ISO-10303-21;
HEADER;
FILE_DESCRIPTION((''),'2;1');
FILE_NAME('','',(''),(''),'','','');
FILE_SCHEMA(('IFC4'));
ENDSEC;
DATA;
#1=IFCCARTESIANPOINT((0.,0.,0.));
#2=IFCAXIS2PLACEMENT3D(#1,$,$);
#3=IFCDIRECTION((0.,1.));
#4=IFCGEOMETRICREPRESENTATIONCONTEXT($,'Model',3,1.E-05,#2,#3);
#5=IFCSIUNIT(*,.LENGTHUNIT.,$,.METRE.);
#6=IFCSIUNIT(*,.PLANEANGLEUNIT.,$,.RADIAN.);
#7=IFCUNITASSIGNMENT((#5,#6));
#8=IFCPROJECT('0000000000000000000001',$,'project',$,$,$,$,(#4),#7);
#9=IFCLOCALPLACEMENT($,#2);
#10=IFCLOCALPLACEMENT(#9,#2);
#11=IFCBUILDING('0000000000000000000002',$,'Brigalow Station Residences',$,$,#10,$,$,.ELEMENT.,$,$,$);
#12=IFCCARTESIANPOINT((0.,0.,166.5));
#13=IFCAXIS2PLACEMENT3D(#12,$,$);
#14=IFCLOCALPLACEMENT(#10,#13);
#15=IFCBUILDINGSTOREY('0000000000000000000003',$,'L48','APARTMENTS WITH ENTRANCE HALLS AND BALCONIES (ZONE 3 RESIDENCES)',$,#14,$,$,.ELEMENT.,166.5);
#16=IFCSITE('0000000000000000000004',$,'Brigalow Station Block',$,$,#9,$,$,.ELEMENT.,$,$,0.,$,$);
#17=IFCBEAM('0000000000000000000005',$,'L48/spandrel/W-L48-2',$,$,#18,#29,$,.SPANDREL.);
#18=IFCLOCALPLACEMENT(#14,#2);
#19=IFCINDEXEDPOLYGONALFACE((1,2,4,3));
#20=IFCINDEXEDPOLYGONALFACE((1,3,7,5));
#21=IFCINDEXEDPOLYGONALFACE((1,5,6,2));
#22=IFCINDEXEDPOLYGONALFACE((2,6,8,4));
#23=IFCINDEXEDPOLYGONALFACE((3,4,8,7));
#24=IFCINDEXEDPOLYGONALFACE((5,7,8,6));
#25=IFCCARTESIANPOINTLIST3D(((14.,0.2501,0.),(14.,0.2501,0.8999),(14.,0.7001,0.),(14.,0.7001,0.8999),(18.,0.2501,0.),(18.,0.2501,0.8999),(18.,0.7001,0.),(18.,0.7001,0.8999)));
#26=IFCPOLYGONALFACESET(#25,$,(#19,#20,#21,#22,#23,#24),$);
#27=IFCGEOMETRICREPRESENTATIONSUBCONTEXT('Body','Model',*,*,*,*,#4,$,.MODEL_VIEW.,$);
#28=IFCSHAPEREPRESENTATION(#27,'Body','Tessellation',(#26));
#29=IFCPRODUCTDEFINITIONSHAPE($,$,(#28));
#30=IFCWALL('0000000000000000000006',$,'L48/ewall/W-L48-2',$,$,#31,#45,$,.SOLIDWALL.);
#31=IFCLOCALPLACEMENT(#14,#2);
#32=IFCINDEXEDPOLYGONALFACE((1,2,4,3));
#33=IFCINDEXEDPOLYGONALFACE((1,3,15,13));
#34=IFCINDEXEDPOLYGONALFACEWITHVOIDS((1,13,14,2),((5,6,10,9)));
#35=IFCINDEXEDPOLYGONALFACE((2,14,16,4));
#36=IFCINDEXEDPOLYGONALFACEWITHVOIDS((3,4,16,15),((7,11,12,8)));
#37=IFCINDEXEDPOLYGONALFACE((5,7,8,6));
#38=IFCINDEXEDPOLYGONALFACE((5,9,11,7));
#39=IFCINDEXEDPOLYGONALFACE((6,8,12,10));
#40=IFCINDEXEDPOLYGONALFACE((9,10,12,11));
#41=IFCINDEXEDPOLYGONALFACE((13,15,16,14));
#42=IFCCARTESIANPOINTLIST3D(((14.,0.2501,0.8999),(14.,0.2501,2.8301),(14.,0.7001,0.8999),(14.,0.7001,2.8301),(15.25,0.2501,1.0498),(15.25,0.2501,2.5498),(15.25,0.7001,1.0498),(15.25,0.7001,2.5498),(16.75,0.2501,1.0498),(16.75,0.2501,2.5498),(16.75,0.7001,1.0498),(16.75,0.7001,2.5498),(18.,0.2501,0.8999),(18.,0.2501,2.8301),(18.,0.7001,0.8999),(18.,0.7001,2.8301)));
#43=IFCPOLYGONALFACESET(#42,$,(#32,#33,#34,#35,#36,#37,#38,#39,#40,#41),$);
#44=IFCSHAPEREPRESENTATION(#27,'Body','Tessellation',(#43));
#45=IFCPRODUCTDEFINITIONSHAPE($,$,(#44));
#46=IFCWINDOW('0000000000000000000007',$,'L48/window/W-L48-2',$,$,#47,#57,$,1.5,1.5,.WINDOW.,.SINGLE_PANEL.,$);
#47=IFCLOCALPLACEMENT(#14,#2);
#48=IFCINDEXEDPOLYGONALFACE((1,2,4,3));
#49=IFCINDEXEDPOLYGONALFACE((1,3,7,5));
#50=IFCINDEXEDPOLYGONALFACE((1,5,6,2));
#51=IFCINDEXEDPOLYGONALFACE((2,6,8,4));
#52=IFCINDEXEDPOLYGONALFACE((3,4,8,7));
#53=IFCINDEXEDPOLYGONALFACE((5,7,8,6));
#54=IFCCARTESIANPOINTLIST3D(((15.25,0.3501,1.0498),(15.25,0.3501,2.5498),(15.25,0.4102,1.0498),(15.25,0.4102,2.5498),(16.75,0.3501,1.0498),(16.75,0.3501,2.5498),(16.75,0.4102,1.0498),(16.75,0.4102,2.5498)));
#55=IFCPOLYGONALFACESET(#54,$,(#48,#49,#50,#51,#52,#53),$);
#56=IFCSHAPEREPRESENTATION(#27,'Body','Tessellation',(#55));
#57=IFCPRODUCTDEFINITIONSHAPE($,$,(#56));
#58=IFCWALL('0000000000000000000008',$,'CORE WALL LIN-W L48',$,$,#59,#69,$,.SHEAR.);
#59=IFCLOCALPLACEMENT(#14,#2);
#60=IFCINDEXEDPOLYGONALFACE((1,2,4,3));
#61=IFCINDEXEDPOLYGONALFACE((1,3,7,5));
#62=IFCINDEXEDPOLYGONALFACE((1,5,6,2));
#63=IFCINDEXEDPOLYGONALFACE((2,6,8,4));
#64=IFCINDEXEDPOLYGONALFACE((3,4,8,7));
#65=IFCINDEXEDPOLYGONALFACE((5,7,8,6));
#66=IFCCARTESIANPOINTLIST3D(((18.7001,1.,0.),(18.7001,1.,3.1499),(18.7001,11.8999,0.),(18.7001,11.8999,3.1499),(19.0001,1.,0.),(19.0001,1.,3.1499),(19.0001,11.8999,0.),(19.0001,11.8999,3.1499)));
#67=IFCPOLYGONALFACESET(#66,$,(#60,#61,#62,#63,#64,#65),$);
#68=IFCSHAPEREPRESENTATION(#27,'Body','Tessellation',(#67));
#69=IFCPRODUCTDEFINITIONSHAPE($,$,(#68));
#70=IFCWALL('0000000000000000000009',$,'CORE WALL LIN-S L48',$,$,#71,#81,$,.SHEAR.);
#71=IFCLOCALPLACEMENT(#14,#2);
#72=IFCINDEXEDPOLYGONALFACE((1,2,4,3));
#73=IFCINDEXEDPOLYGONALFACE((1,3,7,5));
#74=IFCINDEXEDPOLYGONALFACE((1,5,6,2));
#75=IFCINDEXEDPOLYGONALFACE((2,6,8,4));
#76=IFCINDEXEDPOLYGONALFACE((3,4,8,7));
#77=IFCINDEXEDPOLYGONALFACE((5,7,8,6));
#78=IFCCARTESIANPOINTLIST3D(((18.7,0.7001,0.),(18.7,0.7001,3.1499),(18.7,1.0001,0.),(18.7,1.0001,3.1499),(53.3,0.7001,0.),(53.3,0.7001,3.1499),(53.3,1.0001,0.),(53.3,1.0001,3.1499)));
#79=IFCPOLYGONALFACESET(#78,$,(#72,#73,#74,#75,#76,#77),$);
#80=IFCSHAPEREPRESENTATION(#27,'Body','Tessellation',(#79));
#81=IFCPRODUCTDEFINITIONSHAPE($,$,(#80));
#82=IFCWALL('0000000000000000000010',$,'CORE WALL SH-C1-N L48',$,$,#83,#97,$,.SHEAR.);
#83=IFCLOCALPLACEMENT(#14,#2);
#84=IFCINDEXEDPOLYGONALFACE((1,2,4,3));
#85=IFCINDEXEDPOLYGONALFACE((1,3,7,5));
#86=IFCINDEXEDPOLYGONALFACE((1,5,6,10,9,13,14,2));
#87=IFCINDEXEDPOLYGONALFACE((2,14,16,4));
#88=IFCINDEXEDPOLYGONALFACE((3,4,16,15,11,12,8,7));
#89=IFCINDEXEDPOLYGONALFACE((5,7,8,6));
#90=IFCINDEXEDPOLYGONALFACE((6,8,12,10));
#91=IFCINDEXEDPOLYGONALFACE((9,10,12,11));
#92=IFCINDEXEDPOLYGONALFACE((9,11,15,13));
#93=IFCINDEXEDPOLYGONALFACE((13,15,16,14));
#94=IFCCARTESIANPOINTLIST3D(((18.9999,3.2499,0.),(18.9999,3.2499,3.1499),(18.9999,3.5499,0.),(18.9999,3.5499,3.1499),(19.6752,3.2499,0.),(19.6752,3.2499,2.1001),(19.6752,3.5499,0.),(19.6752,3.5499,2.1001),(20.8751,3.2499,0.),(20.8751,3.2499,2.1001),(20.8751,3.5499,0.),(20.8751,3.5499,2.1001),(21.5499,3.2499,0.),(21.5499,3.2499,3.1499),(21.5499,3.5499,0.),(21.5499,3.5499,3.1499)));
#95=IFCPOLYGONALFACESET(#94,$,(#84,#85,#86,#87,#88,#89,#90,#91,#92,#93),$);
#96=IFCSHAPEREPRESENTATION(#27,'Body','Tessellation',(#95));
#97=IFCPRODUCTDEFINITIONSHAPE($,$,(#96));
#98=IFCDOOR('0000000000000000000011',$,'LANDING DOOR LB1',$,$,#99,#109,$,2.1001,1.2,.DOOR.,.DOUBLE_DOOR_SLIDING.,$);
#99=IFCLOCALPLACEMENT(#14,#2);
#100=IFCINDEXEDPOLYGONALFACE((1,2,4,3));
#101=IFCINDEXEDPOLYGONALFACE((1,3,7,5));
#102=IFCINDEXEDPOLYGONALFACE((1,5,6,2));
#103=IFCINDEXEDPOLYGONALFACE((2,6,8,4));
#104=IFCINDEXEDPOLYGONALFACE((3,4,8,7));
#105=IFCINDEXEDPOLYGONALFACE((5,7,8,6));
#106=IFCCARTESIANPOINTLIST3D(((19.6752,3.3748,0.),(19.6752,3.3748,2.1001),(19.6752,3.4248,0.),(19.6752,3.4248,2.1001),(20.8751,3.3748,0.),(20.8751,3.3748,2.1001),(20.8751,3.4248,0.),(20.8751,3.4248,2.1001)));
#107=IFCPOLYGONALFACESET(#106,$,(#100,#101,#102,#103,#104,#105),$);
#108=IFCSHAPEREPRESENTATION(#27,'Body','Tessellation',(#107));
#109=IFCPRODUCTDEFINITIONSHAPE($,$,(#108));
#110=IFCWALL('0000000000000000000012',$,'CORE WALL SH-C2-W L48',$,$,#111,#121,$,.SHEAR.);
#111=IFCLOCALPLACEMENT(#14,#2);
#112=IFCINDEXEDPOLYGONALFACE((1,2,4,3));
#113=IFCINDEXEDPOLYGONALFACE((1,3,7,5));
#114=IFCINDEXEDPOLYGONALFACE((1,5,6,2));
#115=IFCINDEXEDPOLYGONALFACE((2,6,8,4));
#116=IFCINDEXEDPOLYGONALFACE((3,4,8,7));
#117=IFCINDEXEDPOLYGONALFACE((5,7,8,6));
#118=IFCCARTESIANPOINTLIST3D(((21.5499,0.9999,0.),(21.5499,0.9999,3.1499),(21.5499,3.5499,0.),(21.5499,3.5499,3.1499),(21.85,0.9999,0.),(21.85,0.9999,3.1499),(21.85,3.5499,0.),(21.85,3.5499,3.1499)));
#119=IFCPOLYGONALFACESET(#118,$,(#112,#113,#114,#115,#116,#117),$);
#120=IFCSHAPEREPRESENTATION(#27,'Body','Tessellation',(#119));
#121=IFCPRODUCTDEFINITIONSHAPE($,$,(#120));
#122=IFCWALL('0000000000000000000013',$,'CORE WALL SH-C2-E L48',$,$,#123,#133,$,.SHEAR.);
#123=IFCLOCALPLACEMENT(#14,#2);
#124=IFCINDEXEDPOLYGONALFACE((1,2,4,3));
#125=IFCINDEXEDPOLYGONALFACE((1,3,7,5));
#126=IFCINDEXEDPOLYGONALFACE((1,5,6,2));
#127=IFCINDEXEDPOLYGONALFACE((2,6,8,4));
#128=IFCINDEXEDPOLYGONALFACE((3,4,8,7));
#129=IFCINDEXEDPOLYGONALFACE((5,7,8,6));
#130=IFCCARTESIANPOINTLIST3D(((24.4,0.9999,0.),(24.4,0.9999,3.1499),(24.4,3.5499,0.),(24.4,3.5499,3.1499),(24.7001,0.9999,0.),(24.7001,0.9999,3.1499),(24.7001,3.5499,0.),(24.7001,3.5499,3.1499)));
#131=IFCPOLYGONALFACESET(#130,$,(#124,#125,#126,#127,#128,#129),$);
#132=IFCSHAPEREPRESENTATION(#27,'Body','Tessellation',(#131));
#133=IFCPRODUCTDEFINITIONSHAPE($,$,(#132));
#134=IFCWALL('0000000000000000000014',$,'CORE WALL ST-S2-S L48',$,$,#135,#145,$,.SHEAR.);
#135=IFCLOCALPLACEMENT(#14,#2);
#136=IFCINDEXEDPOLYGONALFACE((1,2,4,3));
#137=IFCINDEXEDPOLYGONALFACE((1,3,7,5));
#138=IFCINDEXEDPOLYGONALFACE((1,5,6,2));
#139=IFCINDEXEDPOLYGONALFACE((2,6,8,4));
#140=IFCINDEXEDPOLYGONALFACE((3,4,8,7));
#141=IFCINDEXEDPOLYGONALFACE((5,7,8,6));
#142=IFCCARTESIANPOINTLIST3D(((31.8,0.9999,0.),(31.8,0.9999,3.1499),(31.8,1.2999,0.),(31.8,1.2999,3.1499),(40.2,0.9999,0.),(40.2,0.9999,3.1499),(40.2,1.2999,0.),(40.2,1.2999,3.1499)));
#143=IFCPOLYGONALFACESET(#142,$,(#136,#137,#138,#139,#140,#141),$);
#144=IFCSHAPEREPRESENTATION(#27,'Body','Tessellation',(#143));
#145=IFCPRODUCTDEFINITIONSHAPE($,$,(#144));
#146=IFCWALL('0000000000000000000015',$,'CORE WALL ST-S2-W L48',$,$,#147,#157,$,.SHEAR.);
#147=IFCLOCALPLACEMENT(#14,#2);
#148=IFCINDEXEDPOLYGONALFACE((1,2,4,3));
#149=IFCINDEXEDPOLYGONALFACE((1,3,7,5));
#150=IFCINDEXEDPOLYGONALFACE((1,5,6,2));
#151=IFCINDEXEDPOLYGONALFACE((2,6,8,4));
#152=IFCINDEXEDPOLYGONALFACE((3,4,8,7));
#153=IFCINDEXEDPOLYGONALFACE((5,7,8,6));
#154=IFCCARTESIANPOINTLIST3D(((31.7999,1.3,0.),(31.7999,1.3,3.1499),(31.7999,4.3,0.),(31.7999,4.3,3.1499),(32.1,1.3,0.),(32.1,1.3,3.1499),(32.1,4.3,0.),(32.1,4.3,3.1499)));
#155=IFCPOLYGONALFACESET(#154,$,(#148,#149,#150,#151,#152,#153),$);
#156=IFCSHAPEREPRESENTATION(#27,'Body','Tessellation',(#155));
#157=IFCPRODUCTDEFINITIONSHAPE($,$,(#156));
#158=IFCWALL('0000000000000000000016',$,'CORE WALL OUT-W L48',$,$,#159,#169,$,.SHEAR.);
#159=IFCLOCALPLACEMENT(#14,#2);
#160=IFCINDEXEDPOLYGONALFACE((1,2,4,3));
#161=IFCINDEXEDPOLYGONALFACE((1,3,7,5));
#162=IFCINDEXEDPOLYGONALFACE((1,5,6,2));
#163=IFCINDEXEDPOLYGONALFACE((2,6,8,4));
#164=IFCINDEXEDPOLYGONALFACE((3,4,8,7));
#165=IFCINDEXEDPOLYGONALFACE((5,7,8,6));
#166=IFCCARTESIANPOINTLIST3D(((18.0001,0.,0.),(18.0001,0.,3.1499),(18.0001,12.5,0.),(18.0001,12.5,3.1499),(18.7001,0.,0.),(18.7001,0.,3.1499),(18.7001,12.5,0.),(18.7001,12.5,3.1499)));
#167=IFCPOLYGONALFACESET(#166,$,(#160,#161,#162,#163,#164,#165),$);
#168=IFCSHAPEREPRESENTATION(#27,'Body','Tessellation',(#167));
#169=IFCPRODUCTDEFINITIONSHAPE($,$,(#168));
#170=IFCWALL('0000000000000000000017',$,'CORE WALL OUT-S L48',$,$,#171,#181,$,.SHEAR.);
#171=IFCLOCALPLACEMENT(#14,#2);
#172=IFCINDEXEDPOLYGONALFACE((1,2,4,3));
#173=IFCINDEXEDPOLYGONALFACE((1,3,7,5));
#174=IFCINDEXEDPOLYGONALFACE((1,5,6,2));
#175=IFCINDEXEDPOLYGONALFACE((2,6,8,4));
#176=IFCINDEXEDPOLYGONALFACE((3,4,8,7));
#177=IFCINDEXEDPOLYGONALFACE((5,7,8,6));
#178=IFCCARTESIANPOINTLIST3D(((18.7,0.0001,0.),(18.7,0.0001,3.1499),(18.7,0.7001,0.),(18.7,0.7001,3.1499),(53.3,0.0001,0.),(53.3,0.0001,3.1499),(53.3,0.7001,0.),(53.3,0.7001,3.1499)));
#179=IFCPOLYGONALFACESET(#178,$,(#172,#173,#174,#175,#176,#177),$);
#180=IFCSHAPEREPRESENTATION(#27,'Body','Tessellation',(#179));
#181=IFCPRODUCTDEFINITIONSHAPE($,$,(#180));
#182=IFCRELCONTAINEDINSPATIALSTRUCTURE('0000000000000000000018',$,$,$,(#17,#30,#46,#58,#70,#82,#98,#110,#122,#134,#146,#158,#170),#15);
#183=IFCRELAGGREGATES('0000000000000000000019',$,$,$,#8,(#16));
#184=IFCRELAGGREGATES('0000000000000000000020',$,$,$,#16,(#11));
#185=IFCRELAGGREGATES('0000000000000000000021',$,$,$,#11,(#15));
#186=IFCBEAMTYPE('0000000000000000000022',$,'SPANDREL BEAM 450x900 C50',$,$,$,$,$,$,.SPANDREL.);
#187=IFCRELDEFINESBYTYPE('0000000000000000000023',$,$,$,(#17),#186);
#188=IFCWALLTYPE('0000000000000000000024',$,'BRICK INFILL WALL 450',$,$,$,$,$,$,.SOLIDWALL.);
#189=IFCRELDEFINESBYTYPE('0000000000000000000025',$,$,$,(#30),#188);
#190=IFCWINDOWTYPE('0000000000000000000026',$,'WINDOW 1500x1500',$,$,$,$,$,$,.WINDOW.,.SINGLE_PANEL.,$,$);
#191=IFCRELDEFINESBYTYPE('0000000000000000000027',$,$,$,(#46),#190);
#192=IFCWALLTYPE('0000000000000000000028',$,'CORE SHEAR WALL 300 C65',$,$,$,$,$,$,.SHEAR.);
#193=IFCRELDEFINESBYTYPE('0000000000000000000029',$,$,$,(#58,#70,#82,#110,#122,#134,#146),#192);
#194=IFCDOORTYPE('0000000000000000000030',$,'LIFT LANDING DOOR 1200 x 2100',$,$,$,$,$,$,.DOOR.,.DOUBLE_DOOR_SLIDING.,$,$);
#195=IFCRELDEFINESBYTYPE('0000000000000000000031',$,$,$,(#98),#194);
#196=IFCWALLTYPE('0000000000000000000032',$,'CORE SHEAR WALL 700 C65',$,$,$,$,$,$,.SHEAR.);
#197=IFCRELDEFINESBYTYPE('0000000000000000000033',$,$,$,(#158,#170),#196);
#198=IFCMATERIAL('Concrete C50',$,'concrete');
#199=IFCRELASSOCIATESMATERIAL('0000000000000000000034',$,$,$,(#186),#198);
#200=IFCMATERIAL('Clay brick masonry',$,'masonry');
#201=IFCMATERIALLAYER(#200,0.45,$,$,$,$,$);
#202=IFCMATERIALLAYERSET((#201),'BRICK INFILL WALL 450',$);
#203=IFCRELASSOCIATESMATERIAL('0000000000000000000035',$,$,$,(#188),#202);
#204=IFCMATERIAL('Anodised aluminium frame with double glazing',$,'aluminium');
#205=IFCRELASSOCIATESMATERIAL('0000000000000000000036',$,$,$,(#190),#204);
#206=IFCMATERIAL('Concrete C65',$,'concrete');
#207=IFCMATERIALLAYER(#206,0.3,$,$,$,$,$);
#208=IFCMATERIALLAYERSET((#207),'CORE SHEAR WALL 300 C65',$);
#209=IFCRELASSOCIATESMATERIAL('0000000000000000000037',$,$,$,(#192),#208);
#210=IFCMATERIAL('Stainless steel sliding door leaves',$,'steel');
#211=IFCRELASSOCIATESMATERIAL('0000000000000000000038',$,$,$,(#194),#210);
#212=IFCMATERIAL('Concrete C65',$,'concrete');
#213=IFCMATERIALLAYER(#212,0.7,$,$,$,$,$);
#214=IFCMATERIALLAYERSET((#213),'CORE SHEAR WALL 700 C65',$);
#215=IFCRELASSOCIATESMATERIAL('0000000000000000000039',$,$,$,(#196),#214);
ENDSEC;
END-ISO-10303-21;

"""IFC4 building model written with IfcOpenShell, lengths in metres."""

from ifc_helpers import new_model, si_unit, direction, frame, frame_2d, origin, origin_2d, place, context, subcontext, project, spatial, rectangle, extrude, material, layer, layer_set, material_profile, profile_set, type_object, element, fill, save


model = new_model("IFC4")

# Units and contexts
model_context = context("Model", 3, precision=1e-05, world=origin(), true_north=direction((0.0, 1.0)))
body_context = subcontext(model_context, "Body", "Model", "MODEL_VIEW")
ifc_project = project(units=[si_unit("LENGTHUNIT", "METRE"), si_unit("PLANEANGLEUNIT", "RADIAN")], contexts=[model_context])

# Site, building, storey
site_placement = place(None, origin())
site = spatial("IfcSite", under=ifc_project, at=site_placement, Name="Brigalow Station Block", CompositionType="ELEMENT", RefElevation=0.0)
building_placement = place(site_placement, origin())
building = spatial("IfcBuilding", under=site, at=building_placement, Name="Brigalow Station Residences", CompositionType="ELEMENT")
storey_placement = place(building_placement, frame((0.0, 0.0, 166.5)))
storey = spatial("IfcBuildingStorey", under=building, at=storey_placement, Name="L48", Description="APARTMENTS WITH ENTRANCE HALLS AND BALCONIES (ZONE 3 RESIDENCES)", CompositionType="ELEMENT", Elevation=166.5)

# Beam
ifc_material_1 = material(Name="Concrete C50", Category="concrete")
ifc_material_profile = material_profile(ifc_material_1, rectangle(XDim=0.45, YDim=0.8999, at=origin_2d()), Name="RC450x900")
ifc_profile_set = profile_set([ifc_material_profile], Name="Concrete C50")
beam_type = type_object("IfcBeamType", Name="SPANDREL BEAM 450x900 C50", PredefinedType="SPANDREL", material=ifc_profile_set)
beam_placement = place(storey_placement, frame((14.0, 0.4751, 0.45), z_axis=(1.0, 0.0, 0.0), x_axis=(0.0, 1.0, 0.0)))
element("IfcBeam", 1, at=beam_placement, inside=storey, type_object=beam_type, Name="L48/spandrel/W-L48-2", PredefinedType="SPANDREL", context=body_context, shape_type="SweptSolid", body=[
    extrude(rectangle(XDim=0.45, YDim=0.8999, at=origin_2d()), origin(), (0.0, 0.0, 1.0), 4.0),
])

# Wall, opening, window
ifc_material_2 = material(Name="Clay brick masonry", Category="masonry")
ifc_layer_1 = layer(ifc_material_2, 0.45)
ifc_layer_set_1 = layer_set([ifc_layer_1], Name="BRICK INFILL WALL 450")
wall_type_1 = type_object("IfcWallType", Name="BRICK INFILL WALL 450", PredefinedType="SOLIDWALL", material=ifc_layer_set_1)
wall_1_placement = place(storey_placement, frame((14.0, 0.4751, 0.8999), z_axis=(0.0, 0.0, 1.0), x_axis=(1.0, 0.0, 0.0)))
wall_1 = element("IfcWall", 2, at=wall_1_placement, inside=storey, type_object=wall_type_1, Name="L48/ewall/W-L48-2", PredefinedType="SOLIDWALL", context=body_context, shape_type="SweptSolid", body=[
    extrude(rectangle(XDim=4.0, YDim=0.45, at=frame_2d((2.0, 0.0))), origin(), (0.0, 0.0, 1.0), 1.9302),
])
opening_1_placement = place(wall_1_placement, frame((1.25, 0.0, 0.1499)))
opening_1 = element("IfcOpeningElement", 3, at=opening_1_placement, cuts=wall_1, PredefinedType="OPENING", context=body_context, shape_type="SweptSolid", body=[
    extrude(rectangle(XDim=1.5, YDim=1.5, at=frame_2d((0.75, 0.75))), frame((0.0, 0.2349, 0.0), z_axis=(0.0, -1.0, 0.0), x_axis=(1.0, 0.0, 0.0)), (0.0, 0.0, 1.0), 0.47),
])
ifc_material_3 = material(Name="Anodised aluminium frame with double glazing", Category="aluminium")
window_type = type_object("IfcWindowType", Name="WINDOW 1500x1500", PartitioningType="SINGLE_PANEL", PredefinedType="WINDOW", material=ifc_material_3)
window_placement = place(opening_1_placement, origin())
window = element("IfcWindow", 4, at=window_placement, inside=storey, type_object=window_type, Name="L48/window/W-L48-2", OverallHeight=1.5, OverallWidth=1.5, PartitioningType="SINGLE_PANEL", PredefinedType="WINDOW", context=body_context, shape_type="SweptSolid", body=[
    extrude(rectangle(XDim=1.5, YDim=1.5, at=frame_2d((0.75, 0.75))), frame((0.0, -0.0649, 0.0), z_axis=(0.0, -1.0, 0.0), x_axis=(1.0, 0.0, 0.0)), (0.0, 0.0, 1.0), 0.0601),
])
fill(opening_1, window)

# Walls
ifc_material_4 = material(Name="Concrete C65", Category="concrete")
ifc_layer_2 = layer(ifc_material_4, 0.3)
ifc_layer_set_2 = layer_set([ifc_layer_2], Name="CORE SHEAR WALL 300 C65")
wall_type_2 = type_object("IfcWallType", Name="CORE SHEAR WALL 300 C65", PredefinedType="SHEAR", material=ifc_layer_set_2)
wall_2_placement = place(storey_placement, frame((18.8501, 1.0, 0.0), z_axis=(0.0, 0.0, 1.0), x_axis=(0.0, 1.0, 0.0)))
element("IfcWall", 5, at=wall_2_placement, inside=storey, type_object=wall_type_2, Name="CORE WALL LIN-W L48", PredefinedType="SHEAR", context=body_context, shape_type="SweptSolid", body=[
    extrude(rectangle(XDim=10.8999, YDim=0.3, at=frame_2d((5.45, 0.0))), origin(), (0.0, 0.0, 1.0), 3.1499),
])
wall_3_placement = place(storey_placement, frame((18.7, 0.8501, 0.0), z_axis=(0.0, 0.0, 1.0), x_axis=(1.0, 0.0, 0.0)))
element("IfcWall", 6, at=wall_3_placement, inside=storey, type_object=wall_type_2, Name="CORE WALL LIN-S L48", PredefinedType="SHEAR", context=body_context, shape_type="SweptSolid", body=[
    extrude(rectangle(XDim=34.6001, YDim=0.3, at=frame_2d((17.3, 0.0))), origin(), (0.0, 0.0, 1.0), 3.1499),
])

# Wall, opening, door
wall_4_placement = place(storey_placement, frame((19.0, 3.3999, 0.0), z_axis=(0.0, 0.0, 1.0), x_axis=(1.0, 0.0, 0.0)))
wall_4 = element("IfcWall", 7, at=wall_4_placement, inside=storey, type_object=wall_type_2, Name="CORE WALL SH-C1-N L48", PredefinedType="SHEAR", context=body_context, shape_type="SweptSolid", body=[
    extrude(rectangle(XDim=2.55, YDim=0.3, at=frame_2d((1.2749, 0.0))), origin(), (0.0, 0.0, 1.0), 3.1499),
])
opening_2_placement = place(wall_4_placement, frame((0.675, 0.0, 0.0)))
opening_2 = element("IfcOpeningElement", 8, at=opening_2_placement, cuts=wall_4, PredefinedType="OPENING", context=body_context, shape_type="SweptSolid", body=[
    extrude(rectangle(XDim=1.2, YDim=2.1001, at=frame_2d((0.6001, 1.05))), frame((0.0, 0.1602, 0.0), z_axis=(0.0, -1.0, 0.0), x_axis=(1.0, 0.0, 0.0)), (0.0, 0.0, 1.0), 0.3201),
])
ifc_material_5 = material(Name="Stainless steel sliding door leaves", Category="steel")
door_type = type_object("IfcDoorType", Name="LIFT LANDING DOOR 1200 x 2100", OperationType="DOUBLE_DOOR_SLIDING", PredefinedType="DOOR", material=ifc_material_5)
door_placement = place(opening_2_placement, origin())
door = element("IfcDoor", 9, at=door_placement, inside=storey, type_object=door_type, Name="LANDING DOOR LB1", OperationType="DOUBLE_DOOR_SLIDING", OverallHeight=2.1001, OverallWidth=1.2, PredefinedType="DOOR", context=body_context, shape_type="SweptSolid", body=[
    extrude(rectangle(XDim=1.2, YDim=2.1001, at=frame_2d((0.6001, 1.05))), frame((0.0, 0.0249, 0.0), z_axis=(0.0, -1.0, 0.0), x_axis=(1.0, 0.0, 0.0)), (0.0, 0.0, 1.0), 0.05),
])
fill(opening_2, door)

# Walls
for number, where, z_axis, x_axis, name in (
    (10, (21.7, 1.0, 0.0), (0.0, 0.0, 1.0), (0.0, 1.0, 0.0), "CORE WALL SH-C2-W L48"),
    (11, (24.55, 1.0, 0.0), (0.0, 0.0, 1.0), (0.0, 1.0, 0.0), "CORE WALL SH-C2-E L48"),
):
    element("IfcWall", number, at=place(storey_placement, frame(where, z_axis=z_axis, x_axis=x_axis)), inside=storey, type_object=wall_type_2, Name=name, PredefinedType="SHEAR", context=body_context, shape_type="SweptSolid", body=[
        extrude(rectangle(XDim=2.55, YDim=0.3, at=frame_2d((1.2749, 0.0))), origin(), (0.0, 0.0, 1.0), 3.1499),
    ])
wall_5_placement = place(storey_placement, frame((31.8, 1.1499, 0.0), z_axis=(0.0, 0.0, 1.0), x_axis=(1.0, 0.0, 0.0)))
element("IfcWall", 12, at=wall_5_placement, inside=storey, type_object=wall_type_2, Name="CORE WALL ST-S2-S L48", PredefinedType="SHEAR", context=body_context, shape_type="SweptSolid", body=[
    extrude(rectangle(XDim=8.3999, YDim=0.3, at=frame_2d((4.2, 0.0))), origin(), (0.0, 0.0, 1.0), 3.1499),
])
wall_6_placement = place(storey_placement, frame((31.95, 1.3, 0.0), z_axis=(0.0, 0.0, 1.0), x_axis=(0.0, 1.0, 0.0)))
element("IfcWall", 13, at=wall_6_placement, inside=storey, type_object=wall_type_2, Name="CORE WALL ST-S2-W L48", PredefinedType="SHEAR", context=body_context, shape_type="SweptSolid", body=[
    extrude(rectangle(XDim=3.0, YDim=0.3, at=frame_2d((1.5, 0.0))), origin(), (0.0, 0.0, 1.0), 3.1499),
])
ifc_material_6 = material(Name="Concrete C65", Category="concrete")
ifc_layer_3 = layer(ifc_material_6, 0.7)
ifc_layer_set_3 = layer_set([ifc_layer_3], Name="CORE SHEAR WALL 700 C65")
wall_type_3 = type_object("IfcWallType", Name="CORE SHEAR WALL 700 C65", PredefinedType="SHEAR", material=ifc_layer_set_3)
wall_7_placement = place(storey_placement, frame((18.3501, 0.0, 0.0), z_axis=(0.0, 0.0, 1.0), x_axis=(0.0, 1.0, 0.0)))
element("IfcWall", 14, at=wall_7_placement, inside=storey, type_object=wall_type_3, Name="CORE WALL OUT-W L48", PredefinedType="SHEAR", context=body_context, shape_type="SweptSolid", body=[
    extrude(rectangle(XDim=12.5, YDim=0.7, at=frame_2d((6.25, 0.0))), origin(), (0.0, 0.0, 1.0), 3.1499),
])
wall_8_placement = place(storey_placement, frame((18.7, 0.3501, 0.0), z_axis=(0.0, 0.0, 1.0), x_axis=(1.0, 0.0, 0.0)))
element("IfcWall", 15, at=wall_8_placement, inside=storey, type_object=wall_type_3, Name="CORE WALL OUT-S L48", PredefinedType="SHEAR", context=body_context, shape_type="SweptSolid", body=[
    extrude(rectangle(XDim=34.6001, YDim=0.7, at=frame_2d((17.3, 0.0))), origin(), (0.0, 0.0, 1.0), 3.1499),
])

save(model, "model.ifc")
